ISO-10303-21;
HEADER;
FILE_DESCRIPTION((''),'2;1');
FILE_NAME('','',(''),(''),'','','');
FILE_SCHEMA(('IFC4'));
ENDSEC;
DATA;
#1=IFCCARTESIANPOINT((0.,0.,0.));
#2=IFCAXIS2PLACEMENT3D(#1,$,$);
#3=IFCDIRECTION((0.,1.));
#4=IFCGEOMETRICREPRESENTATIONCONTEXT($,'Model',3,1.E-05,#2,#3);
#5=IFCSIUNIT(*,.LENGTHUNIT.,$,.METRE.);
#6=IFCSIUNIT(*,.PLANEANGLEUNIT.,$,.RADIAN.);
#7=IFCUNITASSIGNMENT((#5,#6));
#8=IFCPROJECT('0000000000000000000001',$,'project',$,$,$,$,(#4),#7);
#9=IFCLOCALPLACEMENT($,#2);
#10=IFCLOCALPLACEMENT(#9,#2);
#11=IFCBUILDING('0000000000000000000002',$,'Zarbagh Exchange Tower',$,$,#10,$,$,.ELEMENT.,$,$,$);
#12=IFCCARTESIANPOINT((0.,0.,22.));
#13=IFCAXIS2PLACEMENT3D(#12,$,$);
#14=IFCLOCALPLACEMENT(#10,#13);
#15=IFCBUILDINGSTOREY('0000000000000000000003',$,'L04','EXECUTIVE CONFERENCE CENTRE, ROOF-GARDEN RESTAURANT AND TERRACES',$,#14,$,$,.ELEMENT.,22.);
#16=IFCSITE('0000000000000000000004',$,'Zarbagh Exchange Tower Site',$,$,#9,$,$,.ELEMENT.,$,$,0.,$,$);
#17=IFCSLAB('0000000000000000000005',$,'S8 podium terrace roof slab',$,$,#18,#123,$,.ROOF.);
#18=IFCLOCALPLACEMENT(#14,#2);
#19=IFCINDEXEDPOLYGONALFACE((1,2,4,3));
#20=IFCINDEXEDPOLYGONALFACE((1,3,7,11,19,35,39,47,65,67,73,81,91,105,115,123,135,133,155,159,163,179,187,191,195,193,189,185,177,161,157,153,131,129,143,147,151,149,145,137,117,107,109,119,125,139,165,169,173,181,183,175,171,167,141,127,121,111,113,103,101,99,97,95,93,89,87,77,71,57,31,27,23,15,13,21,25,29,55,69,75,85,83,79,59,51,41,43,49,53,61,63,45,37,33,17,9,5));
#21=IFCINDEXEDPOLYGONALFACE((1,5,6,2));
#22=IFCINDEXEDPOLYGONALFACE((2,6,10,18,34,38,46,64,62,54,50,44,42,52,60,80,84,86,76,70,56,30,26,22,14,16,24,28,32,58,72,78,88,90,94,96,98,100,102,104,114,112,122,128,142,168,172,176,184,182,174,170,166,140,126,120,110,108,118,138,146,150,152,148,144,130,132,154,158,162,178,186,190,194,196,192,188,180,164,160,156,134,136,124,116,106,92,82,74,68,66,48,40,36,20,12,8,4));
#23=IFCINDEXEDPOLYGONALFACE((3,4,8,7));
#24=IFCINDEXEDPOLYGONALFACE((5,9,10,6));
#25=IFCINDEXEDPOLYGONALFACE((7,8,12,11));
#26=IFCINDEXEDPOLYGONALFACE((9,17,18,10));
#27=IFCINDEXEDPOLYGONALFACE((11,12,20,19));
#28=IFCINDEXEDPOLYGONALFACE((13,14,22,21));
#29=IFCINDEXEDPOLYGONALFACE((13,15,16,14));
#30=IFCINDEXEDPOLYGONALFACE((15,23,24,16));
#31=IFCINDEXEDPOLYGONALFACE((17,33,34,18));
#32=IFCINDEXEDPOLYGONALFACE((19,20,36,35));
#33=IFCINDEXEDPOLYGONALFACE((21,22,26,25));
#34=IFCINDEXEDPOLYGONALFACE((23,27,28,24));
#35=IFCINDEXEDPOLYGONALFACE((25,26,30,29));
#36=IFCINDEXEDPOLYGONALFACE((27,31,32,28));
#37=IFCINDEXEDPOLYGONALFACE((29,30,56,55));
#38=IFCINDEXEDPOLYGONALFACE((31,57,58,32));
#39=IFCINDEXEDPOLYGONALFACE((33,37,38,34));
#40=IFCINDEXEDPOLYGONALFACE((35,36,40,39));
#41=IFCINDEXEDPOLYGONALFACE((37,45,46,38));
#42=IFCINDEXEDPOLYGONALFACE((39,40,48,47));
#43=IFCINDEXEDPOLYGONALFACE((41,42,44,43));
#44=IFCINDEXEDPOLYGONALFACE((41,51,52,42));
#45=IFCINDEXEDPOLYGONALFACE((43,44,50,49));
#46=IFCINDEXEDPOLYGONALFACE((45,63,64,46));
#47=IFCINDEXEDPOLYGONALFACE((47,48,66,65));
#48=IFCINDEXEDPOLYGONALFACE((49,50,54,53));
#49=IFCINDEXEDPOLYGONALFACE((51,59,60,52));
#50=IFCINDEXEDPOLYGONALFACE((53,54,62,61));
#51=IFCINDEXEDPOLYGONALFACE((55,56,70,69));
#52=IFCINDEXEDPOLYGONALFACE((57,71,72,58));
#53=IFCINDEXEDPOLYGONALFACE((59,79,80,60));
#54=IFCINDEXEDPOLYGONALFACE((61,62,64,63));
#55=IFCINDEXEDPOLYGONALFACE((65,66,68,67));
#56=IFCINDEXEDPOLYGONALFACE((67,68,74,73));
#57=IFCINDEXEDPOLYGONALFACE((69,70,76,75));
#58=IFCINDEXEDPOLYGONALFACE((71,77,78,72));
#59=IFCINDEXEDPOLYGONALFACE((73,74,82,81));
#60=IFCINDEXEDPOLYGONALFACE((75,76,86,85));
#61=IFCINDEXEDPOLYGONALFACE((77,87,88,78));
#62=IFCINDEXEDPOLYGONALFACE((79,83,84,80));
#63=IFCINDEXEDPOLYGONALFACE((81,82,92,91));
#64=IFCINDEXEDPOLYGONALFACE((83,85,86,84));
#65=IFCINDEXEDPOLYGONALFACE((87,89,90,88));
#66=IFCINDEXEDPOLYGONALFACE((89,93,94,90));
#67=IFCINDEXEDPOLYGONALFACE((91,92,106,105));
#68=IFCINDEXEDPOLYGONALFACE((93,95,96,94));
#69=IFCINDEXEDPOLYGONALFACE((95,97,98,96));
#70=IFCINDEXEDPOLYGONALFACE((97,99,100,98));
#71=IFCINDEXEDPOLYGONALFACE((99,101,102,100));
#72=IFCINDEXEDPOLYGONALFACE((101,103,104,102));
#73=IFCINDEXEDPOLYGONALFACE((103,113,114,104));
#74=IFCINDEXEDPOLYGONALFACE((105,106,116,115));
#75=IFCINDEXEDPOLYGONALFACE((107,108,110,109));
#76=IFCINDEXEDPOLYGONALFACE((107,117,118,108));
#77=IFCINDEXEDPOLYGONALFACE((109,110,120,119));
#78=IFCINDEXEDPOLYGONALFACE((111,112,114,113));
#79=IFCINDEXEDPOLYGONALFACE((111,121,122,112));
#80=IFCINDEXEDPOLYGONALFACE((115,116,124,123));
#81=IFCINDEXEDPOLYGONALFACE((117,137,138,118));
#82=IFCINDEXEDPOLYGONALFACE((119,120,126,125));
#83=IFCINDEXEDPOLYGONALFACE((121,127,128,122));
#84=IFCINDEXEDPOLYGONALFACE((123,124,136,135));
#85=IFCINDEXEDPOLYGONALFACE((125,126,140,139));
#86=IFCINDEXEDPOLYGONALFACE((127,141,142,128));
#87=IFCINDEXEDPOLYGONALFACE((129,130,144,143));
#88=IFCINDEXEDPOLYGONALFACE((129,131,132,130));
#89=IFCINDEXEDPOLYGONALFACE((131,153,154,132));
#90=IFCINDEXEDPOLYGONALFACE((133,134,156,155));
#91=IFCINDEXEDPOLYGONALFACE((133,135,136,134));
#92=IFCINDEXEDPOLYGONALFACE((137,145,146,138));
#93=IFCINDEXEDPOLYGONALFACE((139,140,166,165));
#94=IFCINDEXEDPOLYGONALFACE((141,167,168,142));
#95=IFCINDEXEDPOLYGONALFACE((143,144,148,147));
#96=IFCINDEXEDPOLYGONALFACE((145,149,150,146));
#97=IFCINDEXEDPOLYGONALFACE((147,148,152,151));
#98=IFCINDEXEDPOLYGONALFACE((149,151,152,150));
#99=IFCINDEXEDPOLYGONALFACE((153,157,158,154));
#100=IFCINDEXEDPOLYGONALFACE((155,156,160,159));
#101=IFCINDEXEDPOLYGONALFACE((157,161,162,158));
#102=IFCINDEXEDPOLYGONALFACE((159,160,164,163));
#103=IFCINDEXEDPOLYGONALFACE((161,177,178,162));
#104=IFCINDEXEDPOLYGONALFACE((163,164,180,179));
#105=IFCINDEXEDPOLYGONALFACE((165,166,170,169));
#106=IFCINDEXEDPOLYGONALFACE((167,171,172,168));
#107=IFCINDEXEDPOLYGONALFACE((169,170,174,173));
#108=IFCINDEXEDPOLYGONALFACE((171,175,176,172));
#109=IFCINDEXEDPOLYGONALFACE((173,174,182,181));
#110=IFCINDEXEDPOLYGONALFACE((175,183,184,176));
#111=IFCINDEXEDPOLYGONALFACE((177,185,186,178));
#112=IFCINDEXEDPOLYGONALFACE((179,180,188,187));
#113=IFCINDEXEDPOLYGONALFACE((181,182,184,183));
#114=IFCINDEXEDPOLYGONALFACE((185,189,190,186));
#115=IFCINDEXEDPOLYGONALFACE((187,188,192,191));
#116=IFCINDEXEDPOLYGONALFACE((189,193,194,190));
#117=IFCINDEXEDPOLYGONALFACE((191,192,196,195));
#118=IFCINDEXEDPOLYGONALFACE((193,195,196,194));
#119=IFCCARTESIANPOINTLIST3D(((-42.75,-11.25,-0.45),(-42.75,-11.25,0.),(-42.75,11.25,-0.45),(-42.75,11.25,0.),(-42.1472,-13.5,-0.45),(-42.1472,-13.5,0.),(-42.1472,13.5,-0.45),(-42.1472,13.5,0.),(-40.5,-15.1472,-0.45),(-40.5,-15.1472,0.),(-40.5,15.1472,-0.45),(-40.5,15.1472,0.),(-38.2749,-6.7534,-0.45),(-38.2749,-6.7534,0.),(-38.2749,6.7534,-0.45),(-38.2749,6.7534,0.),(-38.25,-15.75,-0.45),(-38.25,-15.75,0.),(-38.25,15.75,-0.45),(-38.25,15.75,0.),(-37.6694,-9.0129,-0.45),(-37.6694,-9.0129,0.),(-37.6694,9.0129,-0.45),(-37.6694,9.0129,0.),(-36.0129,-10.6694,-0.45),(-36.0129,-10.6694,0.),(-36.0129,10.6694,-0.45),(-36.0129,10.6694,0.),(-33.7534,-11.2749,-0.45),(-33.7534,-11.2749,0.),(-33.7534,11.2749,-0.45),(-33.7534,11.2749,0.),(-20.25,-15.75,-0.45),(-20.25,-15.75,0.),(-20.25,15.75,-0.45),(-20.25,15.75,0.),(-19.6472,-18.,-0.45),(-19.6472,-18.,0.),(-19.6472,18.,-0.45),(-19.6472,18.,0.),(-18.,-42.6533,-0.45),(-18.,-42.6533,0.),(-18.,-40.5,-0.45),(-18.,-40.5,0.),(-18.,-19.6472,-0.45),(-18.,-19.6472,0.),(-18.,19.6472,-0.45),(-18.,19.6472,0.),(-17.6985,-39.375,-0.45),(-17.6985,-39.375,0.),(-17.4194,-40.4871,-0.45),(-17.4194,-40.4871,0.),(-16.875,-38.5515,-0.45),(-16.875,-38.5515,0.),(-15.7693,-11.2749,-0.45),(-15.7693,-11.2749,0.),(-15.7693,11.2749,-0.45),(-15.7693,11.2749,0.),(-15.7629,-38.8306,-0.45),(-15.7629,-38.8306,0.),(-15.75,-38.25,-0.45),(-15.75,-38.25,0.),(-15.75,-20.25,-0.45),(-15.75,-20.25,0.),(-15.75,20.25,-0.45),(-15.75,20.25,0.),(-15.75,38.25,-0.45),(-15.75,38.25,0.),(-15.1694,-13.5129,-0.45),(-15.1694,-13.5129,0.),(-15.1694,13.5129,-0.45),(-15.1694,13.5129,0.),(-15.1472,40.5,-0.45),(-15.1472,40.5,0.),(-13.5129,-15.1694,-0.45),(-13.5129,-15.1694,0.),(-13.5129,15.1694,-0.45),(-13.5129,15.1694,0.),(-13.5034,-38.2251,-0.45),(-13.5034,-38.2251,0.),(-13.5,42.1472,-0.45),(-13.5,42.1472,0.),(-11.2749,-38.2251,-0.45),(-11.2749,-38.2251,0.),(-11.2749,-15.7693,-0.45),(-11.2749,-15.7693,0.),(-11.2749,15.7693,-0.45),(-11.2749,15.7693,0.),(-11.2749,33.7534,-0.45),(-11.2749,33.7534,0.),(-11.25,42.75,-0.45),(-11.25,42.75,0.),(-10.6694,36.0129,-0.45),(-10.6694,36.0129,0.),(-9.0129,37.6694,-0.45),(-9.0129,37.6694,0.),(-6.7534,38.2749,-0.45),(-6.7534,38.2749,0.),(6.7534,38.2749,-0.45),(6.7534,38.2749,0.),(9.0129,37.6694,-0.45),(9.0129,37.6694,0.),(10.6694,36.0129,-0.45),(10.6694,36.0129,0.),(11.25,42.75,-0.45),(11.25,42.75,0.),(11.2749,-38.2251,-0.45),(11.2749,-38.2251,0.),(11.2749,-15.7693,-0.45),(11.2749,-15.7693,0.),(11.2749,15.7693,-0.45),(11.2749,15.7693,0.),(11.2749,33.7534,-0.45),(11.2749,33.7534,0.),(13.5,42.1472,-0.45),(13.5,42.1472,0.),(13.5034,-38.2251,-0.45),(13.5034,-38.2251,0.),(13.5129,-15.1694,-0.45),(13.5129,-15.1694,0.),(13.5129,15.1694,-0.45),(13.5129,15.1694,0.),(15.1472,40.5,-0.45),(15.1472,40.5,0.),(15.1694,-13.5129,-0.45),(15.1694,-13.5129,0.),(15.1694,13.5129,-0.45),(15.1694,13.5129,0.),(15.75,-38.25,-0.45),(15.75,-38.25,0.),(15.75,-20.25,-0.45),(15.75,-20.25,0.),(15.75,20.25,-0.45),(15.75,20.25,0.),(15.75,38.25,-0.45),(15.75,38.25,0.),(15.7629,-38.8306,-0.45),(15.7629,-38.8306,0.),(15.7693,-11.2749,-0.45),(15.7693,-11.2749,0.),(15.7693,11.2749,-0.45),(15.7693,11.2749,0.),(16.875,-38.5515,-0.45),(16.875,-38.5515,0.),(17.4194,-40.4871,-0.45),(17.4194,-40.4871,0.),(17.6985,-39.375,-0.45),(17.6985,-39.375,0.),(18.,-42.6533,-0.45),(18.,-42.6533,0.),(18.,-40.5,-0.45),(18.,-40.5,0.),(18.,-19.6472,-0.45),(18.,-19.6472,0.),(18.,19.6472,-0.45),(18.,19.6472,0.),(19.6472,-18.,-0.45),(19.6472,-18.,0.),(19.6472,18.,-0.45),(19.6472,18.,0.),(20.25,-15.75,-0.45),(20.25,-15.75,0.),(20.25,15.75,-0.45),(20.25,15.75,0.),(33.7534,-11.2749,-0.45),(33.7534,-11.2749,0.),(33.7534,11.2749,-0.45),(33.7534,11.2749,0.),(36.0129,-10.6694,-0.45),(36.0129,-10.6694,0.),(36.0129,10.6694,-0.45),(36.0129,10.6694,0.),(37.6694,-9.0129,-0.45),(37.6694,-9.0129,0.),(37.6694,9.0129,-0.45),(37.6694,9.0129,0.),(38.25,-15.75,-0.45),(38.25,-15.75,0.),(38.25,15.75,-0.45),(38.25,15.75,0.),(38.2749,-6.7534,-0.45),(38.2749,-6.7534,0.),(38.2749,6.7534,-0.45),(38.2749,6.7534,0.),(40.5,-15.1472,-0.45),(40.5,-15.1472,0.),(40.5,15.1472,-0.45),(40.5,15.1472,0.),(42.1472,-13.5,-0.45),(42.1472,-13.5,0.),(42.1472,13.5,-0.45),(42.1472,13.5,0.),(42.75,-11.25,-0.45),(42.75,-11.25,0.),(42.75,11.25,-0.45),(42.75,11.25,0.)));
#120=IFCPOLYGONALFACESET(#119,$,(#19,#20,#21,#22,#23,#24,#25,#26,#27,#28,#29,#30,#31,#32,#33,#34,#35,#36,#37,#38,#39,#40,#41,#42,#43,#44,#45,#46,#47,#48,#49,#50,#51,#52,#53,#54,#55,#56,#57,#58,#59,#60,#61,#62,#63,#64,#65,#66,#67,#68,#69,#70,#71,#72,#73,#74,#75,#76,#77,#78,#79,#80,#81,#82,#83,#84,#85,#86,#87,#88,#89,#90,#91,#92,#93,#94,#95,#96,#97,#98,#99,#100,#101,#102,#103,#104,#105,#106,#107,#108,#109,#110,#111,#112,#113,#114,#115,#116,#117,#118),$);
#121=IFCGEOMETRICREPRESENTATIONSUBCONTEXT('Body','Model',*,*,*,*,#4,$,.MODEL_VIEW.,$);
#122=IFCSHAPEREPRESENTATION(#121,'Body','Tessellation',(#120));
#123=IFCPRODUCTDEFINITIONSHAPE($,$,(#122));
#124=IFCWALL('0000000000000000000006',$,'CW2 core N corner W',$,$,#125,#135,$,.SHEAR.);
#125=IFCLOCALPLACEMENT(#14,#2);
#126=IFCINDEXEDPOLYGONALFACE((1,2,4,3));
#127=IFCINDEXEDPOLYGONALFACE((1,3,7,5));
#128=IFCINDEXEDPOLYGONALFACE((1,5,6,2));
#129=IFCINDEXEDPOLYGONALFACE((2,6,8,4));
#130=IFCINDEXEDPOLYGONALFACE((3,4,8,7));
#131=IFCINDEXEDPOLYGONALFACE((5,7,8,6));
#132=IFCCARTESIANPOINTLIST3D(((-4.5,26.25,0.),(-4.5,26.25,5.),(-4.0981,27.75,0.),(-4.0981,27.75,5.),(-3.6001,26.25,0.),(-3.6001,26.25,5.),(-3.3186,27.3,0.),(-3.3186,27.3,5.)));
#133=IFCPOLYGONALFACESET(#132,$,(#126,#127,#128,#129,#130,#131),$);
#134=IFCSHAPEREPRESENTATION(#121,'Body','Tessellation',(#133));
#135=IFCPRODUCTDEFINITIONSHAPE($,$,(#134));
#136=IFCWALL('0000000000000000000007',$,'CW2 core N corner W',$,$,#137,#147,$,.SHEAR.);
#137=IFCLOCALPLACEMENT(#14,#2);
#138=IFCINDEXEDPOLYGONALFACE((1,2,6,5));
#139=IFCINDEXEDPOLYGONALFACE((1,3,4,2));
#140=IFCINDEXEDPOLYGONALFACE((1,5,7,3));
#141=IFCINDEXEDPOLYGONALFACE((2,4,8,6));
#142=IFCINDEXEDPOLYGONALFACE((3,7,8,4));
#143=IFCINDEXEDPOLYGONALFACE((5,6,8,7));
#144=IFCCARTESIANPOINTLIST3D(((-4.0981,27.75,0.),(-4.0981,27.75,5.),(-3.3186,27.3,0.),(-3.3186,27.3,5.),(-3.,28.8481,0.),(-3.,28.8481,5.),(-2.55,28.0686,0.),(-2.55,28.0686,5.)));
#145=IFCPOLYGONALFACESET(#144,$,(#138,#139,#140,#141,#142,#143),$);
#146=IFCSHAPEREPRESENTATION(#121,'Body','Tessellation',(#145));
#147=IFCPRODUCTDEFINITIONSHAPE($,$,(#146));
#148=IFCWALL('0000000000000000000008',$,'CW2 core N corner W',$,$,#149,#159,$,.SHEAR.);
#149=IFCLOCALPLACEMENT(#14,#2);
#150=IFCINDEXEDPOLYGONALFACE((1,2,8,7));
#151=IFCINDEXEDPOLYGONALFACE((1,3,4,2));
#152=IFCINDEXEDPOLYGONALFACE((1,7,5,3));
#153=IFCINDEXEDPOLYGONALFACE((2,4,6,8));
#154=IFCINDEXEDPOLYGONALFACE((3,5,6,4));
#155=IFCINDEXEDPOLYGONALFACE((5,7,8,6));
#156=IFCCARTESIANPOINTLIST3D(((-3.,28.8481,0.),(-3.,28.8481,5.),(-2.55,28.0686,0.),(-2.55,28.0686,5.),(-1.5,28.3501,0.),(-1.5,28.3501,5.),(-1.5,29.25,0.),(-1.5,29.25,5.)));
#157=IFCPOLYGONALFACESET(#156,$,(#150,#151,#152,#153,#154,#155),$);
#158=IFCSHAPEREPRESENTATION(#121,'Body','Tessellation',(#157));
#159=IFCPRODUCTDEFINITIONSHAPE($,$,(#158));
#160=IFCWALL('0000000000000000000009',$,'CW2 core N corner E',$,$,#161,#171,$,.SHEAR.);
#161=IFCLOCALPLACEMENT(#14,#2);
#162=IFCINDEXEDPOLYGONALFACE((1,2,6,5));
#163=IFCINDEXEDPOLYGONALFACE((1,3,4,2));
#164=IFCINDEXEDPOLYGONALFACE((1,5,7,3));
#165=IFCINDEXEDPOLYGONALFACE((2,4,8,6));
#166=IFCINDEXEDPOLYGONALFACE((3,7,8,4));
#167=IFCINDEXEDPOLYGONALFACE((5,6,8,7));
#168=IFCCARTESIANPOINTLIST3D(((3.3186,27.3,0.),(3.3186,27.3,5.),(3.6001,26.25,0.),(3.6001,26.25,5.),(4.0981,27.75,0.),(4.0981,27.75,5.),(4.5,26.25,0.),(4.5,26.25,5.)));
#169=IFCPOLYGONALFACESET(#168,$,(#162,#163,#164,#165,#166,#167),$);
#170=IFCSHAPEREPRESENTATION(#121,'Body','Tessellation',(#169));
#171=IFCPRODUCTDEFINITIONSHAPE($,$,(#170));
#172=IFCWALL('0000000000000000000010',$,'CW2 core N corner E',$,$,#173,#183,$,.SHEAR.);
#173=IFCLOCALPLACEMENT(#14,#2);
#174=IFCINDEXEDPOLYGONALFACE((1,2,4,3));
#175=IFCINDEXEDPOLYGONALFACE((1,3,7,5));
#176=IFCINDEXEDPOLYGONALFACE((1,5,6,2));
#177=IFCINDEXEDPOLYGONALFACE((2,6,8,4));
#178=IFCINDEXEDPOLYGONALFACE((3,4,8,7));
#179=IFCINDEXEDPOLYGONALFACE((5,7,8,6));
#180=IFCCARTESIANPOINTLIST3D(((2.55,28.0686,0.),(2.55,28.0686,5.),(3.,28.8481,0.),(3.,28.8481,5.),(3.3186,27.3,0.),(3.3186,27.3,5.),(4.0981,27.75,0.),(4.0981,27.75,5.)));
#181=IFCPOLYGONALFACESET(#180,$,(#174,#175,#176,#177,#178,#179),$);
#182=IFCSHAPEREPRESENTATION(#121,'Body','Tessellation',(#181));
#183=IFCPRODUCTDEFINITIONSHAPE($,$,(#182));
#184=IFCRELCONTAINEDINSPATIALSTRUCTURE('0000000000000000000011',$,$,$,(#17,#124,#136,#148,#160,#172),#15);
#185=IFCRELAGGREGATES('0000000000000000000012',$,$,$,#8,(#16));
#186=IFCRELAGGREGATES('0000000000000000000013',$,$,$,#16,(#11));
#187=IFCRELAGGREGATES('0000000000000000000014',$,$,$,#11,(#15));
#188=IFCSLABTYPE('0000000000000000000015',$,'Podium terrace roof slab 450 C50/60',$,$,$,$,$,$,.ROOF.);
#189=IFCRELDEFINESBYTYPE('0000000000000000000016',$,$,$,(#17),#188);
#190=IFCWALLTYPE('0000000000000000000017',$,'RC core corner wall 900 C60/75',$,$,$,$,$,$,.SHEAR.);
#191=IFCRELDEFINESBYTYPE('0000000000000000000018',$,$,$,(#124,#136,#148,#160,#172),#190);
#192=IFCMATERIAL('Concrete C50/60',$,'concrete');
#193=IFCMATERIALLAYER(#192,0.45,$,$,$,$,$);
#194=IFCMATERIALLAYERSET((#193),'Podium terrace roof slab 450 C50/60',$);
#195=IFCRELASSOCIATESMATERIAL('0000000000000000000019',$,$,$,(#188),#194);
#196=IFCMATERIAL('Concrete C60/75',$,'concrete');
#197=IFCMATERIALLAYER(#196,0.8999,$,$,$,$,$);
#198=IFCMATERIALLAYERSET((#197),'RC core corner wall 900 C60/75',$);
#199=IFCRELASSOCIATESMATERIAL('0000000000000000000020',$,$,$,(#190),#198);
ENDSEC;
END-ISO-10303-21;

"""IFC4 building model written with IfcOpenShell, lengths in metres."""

from ifc_helpers import new_model, si_unit, direction, frame, origin, place, context, subcontext, project, spatial, polyline, outline, extrude, material, layer, layer_set, type_object, element, save


model = new_model("IFC4")

# Units and contexts
model_context = context("Model", 3, precision=1e-05, world=origin(), true_north=direction((0.0, 1.0)))
body_context = subcontext(model_context, "Body", "Model", "MODEL_VIEW")
ifc_project = project(units=[si_unit("LENGTHUNIT", "METRE"), si_unit("PLANEANGLEUNIT", "RADIAN")], contexts=[model_context])

# Site, building, storey
site_placement = place(None, origin())
site = spatial("IfcSite", under=ifc_project, at=site_placement, Name="Zarbagh Exchange Tower Site", CompositionType="ELEMENT", RefElevation=0.0)
building_placement = place(site_placement, origin())
building = spatial("IfcBuilding", under=site, at=building_placement, Name="Zarbagh Exchange Tower", CompositionType="ELEMENT")
storey_placement = place(building_placement, frame((0.0, 0.0, 22.0)))
storey = spatial("IfcBuildingStorey", under=building, at=storey_placement, Name="L04", Description="EXECUTIVE CONFERENCE CENTRE, ROOF-GARDEN RESTAURANT AND TERRACES", CompositionType="ELEMENT", Elevation=22.0)

# Shared definitions
ifc_material_1 = material(Name="Concrete C50/60", Category="concrete")

# Shared definitions
ifc_layer_1 = layer(ifc_material_1, 0.45)
ifc_layer_set_1 = layer_set([ifc_layer_1], Name="Podium terrace roof slab 450 C50/60")
slab_type_1 = type_object("IfcSlabType", Name="Podium terrace roof slab 450 C50/60", PredefinedType="ROOF", material=ifc_layer_set_1)

# Slab
slab_1_placement = place(storey_placement, frame((0.0, 0.0, -0.45)))
element("IfcSlab", 1, at=slab_1_placement, inside=storey, type_object=slab_type_1, Name="S8 podium terrace roof slab", PredefinedType="ROOF", context=body_context, shape_type="SweptSolid", body=[
    extrude(outline(polyline([(-18.0, -40.5), (-17.6985, -39.375), (-16.875, -38.5515), (-15.75, -38.25), (-15.75, -20.25), (-18.0, -19.6472), (-19.6472, -18.0), (-20.25, -15.75), (-38.25, -15.75), (-40.5, -15.1472), (-42.1472, -13.5), (-42.75, -11.25), (-42.75, 11.25), (-42.1472, 13.5), (-40.5, 15.1472), (-38.25, 15.75), (-20.25, 15.75), (-19.6472, 18.0), (-18.0, 19.6472), (-15.75, 20.25), (-15.75, 38.25), (-15.1472, 40.5), (-13.5, 42.1472), (-11.25, 42.75), (11.25, 42.75), (13.5, 42.1472), (15.1472, 40.5), (15.75, 38.25), (15.75, 20.25), (18.0, 19.6472), (19.6472, 18.0), (20.25, 15.75), (38.25, 15.75), (40.5, 15.1472), (42.1472, 13.5), (42.75, 11.25), (42.75, -11.25), (42.1472, -13.5), (40.5, -15.1472), (38.25, -15.75), (20.25, -15.75), (19.6472, -18.0), (18.0, -19.6472), (15.75, -20.25), (15.75, -38.25), (16.875, -38.5515), (17.6985, -39.375), (18.0, -40.5), (18.0, -42.6533), (17.4194, -40.4871), (15.7629, -38.8306), (13.5034, -38.2251), (11.2749, -38.2251), (11.2749, -15.7693), (13.5129, -15.1694), (15.1694, -13.5129), (15.7693, -11.2749), (33.7534, -11.2749), (36.0129, -10.6694), (37.6694, -9.0129), (38.2749, -6.7534), (38.2749, 6.7534), (37.6694, 9.0129), (36.0129, 10.6694), (33.7534, 11.2749), (15.7693, 11.2749), (15.1694, 13.5129), (13.5129, 15.1694), (11.2749, 15.7693), (11.2749, 33.7534), (10.6694, 36.0129), (9.0129, 37.6694), (6.7534, 38.2749), (-6.7534, 38.2749), (-9.0129, 37.6694), (-10.6694, 36.0129), (-11.2749, 33.7534), (-11.2749, 15.7693), (-13.5129, 15.1694), (-15.1694, 13.5129), (-15.7693, 11.2749), (-33.7534, 11.2749), (-36.0129, 10.6694), (-37.6694, 9.0129), (-38.2749, 6.7534), (-38.2749, -6.7534), (-37.6694, -9.0129), (-36.0129, -10.6694), (-33.7534, -11.2749), (-15.7693, -11.2749), (-15.1694, -13.5129), (-13.5129, -15.1694), (-11.2749, -15.7693), (-11.2749, -38.2251), (-13.5034, -38.2251), (-15.7629, -38.8306), (-17.4194, -40.4871), (-18.0, -42.6533), (-18.0, -40.5)])), origin(), (0.0, 0.0, 1.0), 0.45),
])

# Walls
ifc_material_2 = material(Name="Concrete C60/75", Category="concrete")
ifc_layer_2 = layer(ifc_material_2, 0.8999)
ifc_layer_set_2 = layer_set([ifc_layer_2], Name="RC core corner wall 900 C60/75")
wall_type = type_object("IfcWallType", Name="RC core corner wall 900 C60/75", PredefinedType="SHEAR", material=ifc_layer_set_2)
wall_1_placement = place(storey_placement, origin())
element("IfcWall", 2, at=wall_1_placement, inside=storey, type_object=wall_type, Name="CW2 core N corner W", PredefinedType="SHEAR", context=body_context, shape_type="SweptSolid", body=[
    extrude(outline(polyline([(-4.5, 26.25), (-4.0981, 27.75), (-3.3186, 27.3), (-3.6001, 26.25), (-4.5, 26.25)])), origin(), (0.0, 0.0, 1.0), 5.0),
])
wall_2_placement = place(storey_placement, origin())
element("IfcWall", 3, at=wall_2_placement, inside=storey, type_object=wall_type, Name="CW2 core N corner W", PredefinedType="SHEAR", context=body_context, shape_type="SweptSolid", body=[
    extrude(outline(polyline([(-4.0981, 27.75), (-3.0, 28.8481), (-2.55, 28.0686), (-3.3186, 27.3), (-4.0981, 27.75)])), origin(), (0.0, 0.0, 1.0), 5.0),
])
wall_3_placement = place(storey_placement, origin())
element("IfcWall", 4, at=wall_3_placement, inside=storey, type_object=wall_type, Name="CW2 core N corner W", PredefinedType="SHEAR", context=body_context, shape_type="SweptSolid", body=[
    extrude(outline(polyline([(-3.0, 28.8481), (-1.5, 29.25), (-1.5, 28.3501), (-2.55, 28.0686), (-3.0, 28.8481)])), origin(), (0.0, 0.0, 1.0), 5.0),
])
wall_4_placement = place(storey_placement, origin())
element("IfcWall", 5, at=wall_4_placement, inside=storey, type_object=wall_type, Name="CW2 core N corner E", PredefinedType="SHEAR", context=body_context, shape_type="SweptSolid", body=[
    extrude(outline(polyline([(4.5, 26.25), (4.0981, 27.75), (3.3186, 27.3), (3.6001, 26.25), (4.5, 26.25)])), origin(), (0.0, 0.0, 1.0), 5.0),
])
wall_5_placement = place(storey_placement, origin())
element("IfcWall", 6, at=wall_5_placement, inside=storey, type_object=wall_type, Name="CW2 core N corner E", PredefinedType="SHEAR", context=body_context, shape_type="SweptSolid", body=[
    extrude(outline(polyline([(4.0981, 27.75), (3.0, 28.8481), (2.55, 28.0686), (3.3186, 27.3), (4.0981, 27.75)])), origin(), (0.0, 0.0, 1.0), 5.0),
])

save(model, "model.ifc")
